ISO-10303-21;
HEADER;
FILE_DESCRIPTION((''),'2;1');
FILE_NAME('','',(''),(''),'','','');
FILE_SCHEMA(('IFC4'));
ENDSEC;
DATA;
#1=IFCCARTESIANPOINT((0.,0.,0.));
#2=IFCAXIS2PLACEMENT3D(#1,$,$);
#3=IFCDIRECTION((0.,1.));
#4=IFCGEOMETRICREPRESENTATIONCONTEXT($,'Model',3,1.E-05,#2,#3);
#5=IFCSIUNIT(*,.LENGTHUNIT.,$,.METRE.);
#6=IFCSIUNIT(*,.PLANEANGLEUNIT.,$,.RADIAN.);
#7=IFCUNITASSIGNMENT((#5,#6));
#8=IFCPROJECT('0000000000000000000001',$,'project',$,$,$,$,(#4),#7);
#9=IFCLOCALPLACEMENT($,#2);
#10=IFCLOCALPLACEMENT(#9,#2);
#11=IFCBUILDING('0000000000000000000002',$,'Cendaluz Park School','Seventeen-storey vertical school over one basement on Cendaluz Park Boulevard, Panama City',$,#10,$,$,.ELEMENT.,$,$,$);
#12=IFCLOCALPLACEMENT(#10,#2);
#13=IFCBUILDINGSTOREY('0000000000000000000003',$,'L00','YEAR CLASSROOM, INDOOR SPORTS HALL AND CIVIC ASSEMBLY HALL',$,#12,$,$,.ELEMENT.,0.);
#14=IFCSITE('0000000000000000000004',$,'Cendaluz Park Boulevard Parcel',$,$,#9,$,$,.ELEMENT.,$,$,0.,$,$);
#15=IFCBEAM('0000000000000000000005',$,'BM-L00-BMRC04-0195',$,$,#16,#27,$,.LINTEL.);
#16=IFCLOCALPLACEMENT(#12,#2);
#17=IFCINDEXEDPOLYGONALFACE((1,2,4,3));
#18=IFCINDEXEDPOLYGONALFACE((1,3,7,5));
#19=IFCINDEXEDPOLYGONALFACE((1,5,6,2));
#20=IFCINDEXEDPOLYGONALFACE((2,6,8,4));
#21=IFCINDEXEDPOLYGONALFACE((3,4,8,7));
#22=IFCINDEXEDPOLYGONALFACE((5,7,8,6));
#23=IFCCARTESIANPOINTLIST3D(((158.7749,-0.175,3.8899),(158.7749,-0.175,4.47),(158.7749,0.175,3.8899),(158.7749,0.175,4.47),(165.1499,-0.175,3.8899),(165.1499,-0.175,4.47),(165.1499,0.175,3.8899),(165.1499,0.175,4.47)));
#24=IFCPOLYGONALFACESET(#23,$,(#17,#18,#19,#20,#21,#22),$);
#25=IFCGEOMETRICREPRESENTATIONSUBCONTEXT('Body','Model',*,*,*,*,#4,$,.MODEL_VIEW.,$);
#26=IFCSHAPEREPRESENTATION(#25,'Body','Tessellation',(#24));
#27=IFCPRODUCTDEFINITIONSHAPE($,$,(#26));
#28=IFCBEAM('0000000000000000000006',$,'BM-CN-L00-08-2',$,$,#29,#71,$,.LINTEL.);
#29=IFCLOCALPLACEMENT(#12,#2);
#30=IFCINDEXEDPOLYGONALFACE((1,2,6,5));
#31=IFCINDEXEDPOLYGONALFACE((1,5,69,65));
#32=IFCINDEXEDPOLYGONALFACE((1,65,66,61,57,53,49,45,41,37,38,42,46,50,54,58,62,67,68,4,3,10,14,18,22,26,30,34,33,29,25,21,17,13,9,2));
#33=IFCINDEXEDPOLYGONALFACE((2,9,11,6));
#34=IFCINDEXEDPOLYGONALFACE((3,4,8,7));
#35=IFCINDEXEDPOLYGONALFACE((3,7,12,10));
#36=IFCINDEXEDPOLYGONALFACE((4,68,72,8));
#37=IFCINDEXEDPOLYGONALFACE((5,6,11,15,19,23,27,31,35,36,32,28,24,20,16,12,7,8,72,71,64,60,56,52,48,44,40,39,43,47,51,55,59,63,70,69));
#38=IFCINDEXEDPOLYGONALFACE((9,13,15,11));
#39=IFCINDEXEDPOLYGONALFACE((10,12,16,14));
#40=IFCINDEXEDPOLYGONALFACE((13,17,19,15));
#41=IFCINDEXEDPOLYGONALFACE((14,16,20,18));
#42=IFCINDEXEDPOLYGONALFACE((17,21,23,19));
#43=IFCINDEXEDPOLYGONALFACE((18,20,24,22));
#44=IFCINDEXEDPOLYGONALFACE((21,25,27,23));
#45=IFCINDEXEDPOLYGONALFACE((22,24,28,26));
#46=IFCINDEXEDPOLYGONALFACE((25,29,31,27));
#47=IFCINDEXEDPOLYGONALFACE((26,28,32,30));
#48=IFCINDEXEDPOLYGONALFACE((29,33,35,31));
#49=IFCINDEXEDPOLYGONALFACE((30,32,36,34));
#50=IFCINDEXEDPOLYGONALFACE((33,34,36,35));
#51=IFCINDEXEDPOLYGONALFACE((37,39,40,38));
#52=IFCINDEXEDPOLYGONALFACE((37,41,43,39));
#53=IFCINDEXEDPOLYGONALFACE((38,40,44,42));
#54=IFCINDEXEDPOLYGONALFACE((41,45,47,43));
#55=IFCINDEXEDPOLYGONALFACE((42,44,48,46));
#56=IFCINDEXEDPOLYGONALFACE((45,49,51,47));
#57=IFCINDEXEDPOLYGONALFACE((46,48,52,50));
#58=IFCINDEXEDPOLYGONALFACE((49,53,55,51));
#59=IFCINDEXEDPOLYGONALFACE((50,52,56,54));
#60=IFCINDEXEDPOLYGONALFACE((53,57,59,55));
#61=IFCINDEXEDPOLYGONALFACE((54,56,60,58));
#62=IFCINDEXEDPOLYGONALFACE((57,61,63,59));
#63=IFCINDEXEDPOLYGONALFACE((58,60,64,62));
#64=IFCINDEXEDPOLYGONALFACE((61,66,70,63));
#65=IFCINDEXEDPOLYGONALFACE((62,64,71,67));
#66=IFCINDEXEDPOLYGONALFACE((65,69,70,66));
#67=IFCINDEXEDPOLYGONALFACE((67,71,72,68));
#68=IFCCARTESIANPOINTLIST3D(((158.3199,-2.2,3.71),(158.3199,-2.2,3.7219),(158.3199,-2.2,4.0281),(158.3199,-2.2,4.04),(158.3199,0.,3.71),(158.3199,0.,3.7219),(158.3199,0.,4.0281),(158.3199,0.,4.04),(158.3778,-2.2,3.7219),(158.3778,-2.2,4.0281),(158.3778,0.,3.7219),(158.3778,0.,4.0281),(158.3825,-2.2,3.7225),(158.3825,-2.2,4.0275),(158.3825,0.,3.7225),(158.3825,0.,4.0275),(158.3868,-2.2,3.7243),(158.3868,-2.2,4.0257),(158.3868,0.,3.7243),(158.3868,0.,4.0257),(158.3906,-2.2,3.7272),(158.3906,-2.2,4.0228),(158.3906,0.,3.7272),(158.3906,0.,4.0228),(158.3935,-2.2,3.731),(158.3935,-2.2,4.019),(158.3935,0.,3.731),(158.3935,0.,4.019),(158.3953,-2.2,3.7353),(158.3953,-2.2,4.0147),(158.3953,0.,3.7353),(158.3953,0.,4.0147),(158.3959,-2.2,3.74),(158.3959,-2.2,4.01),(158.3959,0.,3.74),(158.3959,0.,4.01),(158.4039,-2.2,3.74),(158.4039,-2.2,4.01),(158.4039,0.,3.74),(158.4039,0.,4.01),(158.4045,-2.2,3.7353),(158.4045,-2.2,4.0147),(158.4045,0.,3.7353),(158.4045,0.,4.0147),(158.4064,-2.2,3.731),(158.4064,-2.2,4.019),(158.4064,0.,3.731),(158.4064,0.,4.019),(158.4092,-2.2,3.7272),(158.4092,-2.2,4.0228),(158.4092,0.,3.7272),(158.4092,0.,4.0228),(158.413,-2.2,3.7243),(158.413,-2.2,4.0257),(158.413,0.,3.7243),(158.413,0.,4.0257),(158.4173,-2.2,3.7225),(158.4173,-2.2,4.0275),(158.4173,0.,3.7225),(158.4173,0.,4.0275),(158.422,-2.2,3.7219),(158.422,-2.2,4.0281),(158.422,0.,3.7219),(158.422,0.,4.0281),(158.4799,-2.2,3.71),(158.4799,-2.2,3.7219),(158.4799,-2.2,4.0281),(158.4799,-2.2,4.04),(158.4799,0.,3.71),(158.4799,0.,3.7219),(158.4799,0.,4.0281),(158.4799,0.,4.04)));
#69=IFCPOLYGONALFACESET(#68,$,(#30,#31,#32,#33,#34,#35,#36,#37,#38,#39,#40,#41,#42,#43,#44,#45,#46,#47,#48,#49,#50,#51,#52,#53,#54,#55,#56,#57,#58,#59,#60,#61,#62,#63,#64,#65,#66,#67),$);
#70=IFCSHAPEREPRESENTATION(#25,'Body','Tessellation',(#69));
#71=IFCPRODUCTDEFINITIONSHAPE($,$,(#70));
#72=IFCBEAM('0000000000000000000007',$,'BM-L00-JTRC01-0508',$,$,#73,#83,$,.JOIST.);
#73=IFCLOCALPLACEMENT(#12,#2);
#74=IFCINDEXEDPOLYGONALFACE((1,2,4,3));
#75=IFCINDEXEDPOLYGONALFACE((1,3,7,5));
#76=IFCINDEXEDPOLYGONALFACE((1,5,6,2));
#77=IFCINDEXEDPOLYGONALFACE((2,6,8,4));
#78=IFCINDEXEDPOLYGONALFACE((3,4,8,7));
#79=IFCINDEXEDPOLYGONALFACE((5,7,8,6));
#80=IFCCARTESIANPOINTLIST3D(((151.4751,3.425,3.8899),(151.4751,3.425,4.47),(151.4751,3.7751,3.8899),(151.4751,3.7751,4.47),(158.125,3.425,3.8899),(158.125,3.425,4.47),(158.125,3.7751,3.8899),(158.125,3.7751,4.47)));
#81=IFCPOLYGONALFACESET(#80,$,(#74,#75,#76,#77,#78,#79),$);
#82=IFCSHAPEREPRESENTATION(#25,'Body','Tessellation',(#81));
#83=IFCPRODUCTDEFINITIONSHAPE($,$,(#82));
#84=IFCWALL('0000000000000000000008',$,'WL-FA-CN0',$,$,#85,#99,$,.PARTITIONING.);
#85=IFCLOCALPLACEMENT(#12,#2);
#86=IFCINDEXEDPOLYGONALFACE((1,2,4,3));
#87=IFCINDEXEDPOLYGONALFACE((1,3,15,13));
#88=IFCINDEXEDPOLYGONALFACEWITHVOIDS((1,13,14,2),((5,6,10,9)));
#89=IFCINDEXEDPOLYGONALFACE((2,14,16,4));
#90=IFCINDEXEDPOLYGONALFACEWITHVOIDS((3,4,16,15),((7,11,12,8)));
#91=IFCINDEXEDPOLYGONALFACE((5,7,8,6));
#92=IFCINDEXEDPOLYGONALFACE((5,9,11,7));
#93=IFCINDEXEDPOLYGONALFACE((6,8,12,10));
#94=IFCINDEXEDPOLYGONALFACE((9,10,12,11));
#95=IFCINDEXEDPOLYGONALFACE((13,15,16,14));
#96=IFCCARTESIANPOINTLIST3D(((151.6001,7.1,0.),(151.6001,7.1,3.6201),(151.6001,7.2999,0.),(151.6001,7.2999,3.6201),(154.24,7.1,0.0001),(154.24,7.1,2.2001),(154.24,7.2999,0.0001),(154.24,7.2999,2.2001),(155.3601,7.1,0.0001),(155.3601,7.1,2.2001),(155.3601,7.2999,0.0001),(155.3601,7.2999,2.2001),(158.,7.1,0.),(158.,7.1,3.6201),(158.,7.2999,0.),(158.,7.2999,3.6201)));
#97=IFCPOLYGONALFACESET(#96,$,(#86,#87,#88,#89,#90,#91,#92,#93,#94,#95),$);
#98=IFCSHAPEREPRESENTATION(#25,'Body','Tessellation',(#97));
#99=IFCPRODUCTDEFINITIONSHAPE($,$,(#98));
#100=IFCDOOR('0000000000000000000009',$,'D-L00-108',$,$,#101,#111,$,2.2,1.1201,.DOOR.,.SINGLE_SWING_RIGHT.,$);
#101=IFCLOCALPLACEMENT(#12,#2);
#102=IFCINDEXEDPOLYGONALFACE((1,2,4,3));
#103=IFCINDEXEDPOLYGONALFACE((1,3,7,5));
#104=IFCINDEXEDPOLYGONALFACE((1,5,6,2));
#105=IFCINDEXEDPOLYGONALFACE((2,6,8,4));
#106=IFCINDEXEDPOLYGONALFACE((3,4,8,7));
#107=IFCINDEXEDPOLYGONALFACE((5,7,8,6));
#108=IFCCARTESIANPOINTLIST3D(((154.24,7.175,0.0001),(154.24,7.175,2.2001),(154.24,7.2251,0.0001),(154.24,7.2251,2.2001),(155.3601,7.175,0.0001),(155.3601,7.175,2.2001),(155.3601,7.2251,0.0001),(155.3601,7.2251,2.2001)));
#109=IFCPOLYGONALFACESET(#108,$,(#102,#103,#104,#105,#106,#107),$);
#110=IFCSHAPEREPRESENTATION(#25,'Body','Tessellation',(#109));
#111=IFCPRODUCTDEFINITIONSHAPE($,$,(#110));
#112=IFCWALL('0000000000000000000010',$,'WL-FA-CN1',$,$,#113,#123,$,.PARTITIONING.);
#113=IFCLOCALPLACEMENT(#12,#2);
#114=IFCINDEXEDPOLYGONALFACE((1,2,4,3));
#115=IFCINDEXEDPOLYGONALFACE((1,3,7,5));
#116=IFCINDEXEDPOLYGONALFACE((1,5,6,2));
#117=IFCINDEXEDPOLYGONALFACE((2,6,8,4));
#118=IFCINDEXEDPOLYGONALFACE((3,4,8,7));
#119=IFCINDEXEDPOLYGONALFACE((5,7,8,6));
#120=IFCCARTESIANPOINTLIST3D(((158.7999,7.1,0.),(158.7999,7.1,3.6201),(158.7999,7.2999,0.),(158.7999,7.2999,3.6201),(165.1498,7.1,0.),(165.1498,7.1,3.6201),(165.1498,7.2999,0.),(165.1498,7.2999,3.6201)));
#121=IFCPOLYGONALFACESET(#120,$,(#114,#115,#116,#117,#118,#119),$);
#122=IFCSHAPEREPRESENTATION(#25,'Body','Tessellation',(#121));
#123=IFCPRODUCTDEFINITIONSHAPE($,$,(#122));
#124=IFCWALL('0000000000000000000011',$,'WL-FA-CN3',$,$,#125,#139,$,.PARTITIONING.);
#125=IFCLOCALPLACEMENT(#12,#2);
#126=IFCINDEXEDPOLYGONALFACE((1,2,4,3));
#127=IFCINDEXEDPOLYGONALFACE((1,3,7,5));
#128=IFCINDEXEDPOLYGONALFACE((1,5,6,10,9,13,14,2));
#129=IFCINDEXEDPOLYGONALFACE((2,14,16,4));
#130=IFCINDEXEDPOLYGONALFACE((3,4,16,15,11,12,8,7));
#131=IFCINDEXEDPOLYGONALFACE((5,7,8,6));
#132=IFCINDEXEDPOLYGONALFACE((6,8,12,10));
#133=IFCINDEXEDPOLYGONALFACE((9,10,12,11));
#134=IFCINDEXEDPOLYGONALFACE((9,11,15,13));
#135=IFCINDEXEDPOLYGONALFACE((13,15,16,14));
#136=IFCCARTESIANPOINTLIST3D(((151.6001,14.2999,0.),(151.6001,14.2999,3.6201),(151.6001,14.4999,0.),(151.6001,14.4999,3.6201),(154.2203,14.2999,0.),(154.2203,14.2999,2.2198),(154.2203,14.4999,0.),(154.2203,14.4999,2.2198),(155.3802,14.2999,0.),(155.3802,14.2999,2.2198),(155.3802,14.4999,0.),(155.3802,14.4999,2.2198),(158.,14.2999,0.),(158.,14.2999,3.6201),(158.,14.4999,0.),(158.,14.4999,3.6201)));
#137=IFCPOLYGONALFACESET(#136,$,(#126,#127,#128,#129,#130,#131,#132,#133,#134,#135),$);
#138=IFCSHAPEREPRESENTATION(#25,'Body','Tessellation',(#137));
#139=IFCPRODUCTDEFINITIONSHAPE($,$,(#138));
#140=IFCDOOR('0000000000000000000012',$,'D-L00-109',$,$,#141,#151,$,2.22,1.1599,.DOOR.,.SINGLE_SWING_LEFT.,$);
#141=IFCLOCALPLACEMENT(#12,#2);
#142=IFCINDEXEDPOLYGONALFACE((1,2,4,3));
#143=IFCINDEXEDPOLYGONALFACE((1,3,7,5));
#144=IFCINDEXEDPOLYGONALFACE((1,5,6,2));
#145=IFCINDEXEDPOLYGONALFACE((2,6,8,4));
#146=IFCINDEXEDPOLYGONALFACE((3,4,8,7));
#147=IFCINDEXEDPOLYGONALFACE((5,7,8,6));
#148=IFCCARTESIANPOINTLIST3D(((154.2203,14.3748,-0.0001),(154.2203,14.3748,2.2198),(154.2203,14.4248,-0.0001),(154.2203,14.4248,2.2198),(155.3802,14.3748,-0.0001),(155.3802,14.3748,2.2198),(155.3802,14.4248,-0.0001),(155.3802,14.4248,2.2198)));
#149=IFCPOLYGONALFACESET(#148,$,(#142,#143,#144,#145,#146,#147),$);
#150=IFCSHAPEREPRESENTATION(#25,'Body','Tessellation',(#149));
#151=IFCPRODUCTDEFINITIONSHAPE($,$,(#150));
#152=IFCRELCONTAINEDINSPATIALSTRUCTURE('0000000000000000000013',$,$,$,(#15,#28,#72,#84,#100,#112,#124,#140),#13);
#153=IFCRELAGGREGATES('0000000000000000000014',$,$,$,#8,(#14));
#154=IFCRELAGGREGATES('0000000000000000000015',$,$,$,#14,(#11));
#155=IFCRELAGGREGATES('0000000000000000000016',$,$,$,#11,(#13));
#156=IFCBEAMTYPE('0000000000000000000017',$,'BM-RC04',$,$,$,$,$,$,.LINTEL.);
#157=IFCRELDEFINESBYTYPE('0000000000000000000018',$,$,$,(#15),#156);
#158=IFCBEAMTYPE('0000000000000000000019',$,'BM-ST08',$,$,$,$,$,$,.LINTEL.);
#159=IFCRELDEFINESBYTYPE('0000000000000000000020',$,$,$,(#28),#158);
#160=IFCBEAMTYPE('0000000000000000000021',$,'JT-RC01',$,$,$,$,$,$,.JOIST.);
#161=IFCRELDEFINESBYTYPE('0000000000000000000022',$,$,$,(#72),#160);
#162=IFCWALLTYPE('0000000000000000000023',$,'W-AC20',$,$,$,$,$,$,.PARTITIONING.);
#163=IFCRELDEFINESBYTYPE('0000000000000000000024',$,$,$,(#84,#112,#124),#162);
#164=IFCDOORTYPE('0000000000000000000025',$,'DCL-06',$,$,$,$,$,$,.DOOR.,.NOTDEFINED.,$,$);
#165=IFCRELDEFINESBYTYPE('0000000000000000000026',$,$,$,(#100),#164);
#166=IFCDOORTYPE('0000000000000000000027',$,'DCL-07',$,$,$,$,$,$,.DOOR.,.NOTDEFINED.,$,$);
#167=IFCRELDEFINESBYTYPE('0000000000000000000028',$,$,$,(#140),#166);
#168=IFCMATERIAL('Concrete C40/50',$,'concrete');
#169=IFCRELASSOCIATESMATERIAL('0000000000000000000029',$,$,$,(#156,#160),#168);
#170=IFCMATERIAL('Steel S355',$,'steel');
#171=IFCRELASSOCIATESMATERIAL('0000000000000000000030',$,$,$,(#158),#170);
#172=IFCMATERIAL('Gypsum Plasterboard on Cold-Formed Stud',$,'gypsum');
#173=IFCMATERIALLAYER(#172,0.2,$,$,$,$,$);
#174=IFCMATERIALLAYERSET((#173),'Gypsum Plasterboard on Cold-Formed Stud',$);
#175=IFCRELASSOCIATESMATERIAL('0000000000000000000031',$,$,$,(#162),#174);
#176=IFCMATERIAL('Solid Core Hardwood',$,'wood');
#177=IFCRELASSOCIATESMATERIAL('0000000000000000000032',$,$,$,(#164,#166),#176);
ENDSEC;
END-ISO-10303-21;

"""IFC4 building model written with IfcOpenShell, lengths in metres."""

from ifc_helpers import new_model, si_unit, direction, frame, frame_2d, origin, origin_2d, place, context, subcontext, project, spatial, rectangle, i_section, extrude, material, layer, layer_set, material_profile, profile_set, type_object, element, fill, save


model = new_model("IFC4")

# Units and contexts
model_context = context("Model", 3, precision=1e-05, world=origin(), true_north=direction((0.0, 1.0)))
body_context = subcontext(model_context, "Body", "Model", "MODEL_VIEW")
ifc_project = project(units=[si_unit("LENGTHUNIT", "METRE"), si_unit("PLANEANGLEUNIT", "RADIAN")], contexts=[model_context])

# Site, building, storey
site_placement = place(None, origin())
site = spatial("IfcSite", under=ifc_project, at=site_placement, Name="Cendaluz Park Boulevard Parcel", CompositionType="ELEMENT", RefElevation=0.0)
building_placement = place(site_placement, origin())
building = spatial("IfcBuilding", under=site, at=building_placement, Name="Cendaluz Park School", Description="Seventeen-storey vertical school over one basement on Cendaluz Park Boulevard, Panama City", CompositionType="ELEMENT")
storey_placement = place(building_placement, origin())
storey = spatial("IfcBuildingStorey", under=building, at=storey_placement, Name="L00", Description="YEAR CLASSROOM, INDOOR SPORTS HALL AND CIVIC ASSEMBLY HALL", CompositionType="ELEMENT", Elevation=0.0)

# Shared definitions
ifc_material_1 = material(Name="Concrete C40/50", Category="concrete")

# Beams
ifc_material_profile_1 = material_profile(ifc_material_1, rectangle(XDim=0.3501, YDim=0.5801, at=origin_2d()), Name="RC 350x580", Category="concrete")
ifc_profile_set_1 = profile_set([ifc_material_profile_1], Name="Concrete C40/50")
beam_type_1 = type_object("IfcBeamType", Name="BM-RC04", PredefinedType="LINTEL", material=ifc_profile_set_1)
beam_1_placement = place(storey_placement, frame((158.7749, 0.0, 4.1799), z_axis=(1.0, 0.0, 0.0), x_axis=(0.0, 1.0, 0.0)))
element("IfcBeam", 1, at=beam_1_placement, inside=storey, type_object=beam_type_1, Name="BM-L00-BMRC04-0195", PredefinedType="LINTEL", context=body_context, shape_type="SweptSolid", body=[
    extrude(rectangle(XDim=0.3501, YDim=0.5801, at=origin_2d()), origin(), (0.0, 0.0, 1.0), 6.375),
])
ifc_material_2 = material(Name="Steel S355", Category="steel")
ifc_material_profile_2 = material_profile(ifc_material_2, i_section(OverallWidth=0.1599, OverallDepth=0.3301, WebThickness=0.0081, FlangeThickness=0.012, FilletRadius=0.0181, at=origin_2d()), Name="IPE 330", Category="steel")
ifc_profile_set_2 = profile_set([ifc_material_profile_2], Name="Steel S355")
beam_type_2 = type_object("IfcBeamType", Name="BM-ST08", PredefinedType="LINTEL", material=ifc_profile_set_2)
beam_2_placement = place(storey_placement, frame((158.3999, 0.0, 3.875), z_axis=(0.0, -1.0, 0.0), x_axis=(1.0, 0.0, 0.0)))
element("IfcBeam", 2, at=beam_2_placement, inside=storey, type_object=beam_type_2, Name="BM-CN-L00-08-2", PredefinedType="LINTEL", context=body_context, shape_type="SweptSolid", body=[
    extrude(i_section(OverallWidth=0.1599, OverallDepth=0.3301, WebThickness=0.0081, FlangeThickness=0.012, FilletRadius=0.0181, at=origin_2d()), origin(), (0.0, 0.0, 1.0), 2.2),
])
ifc_material_profile_3 = material_profile(ifc_material_1, rectangle(XDim=0.3501, YDim=0.5801, at=origin_2d()), Name="RC 350x580", Category="concrete")
ifc_profile_set_3 = profile_set([ifc_material_profile_3], Name="Concrete C40/50")
beam_type_3 = type_object("IfcBeamType", Name="JT-RC01", PredefinedType="JOIST", material=ifc_profile_set_3)
beam_3_placement = place(storey_placement, frame((151.4751, 3.6001, 4.1799), z_axis=(1.0, 0.0, 0.0), x_axis=(0.0, 1.0, 0.0)))
element("IfcBeam", 3, at=beam_3_placement, inside=storey, type_object=beam_type_3, Name="BM-L00-JTRC01-0508", PredefinedType="JOIST", context=body_context, shape_type="SweptSolid", body=[
    extrude(rectangle(XDim=0.3501, YDim=0.5801, at=origin_2d()), origin(), (0.0, 0.0, 1.0), 6.6499),
])

# Wall, opening, door
ifc_material_3 = material(Name="Gypsum Plasterboard on Cold-Formed Stud", Category="gypsum")
ifc_layer_1 = layer(ifc_material_3, 0.2)
ifc_layer_set_1 = layer_set([ifc_layer_1], Name="Gypsum Plasterboard on Cold-Formed Stud")
wall_type_1 = type_object("IfcWallType", Name="W-AC20", PredefinedType="PARTITIONING", material=ifc_layer_set_1)
wall_1_placement = place(storey_placement, frame((151.6001, 7.2, 0.0), z_axis=(0.0, 0.0, 1.0), x_axis=(1.0, 0.0, 0.0)))
wall_1 = element("IfcWall", 4, at=wall_1_placement, inside=storey, type_object=wall_type_1, Name="WL-FA-CN0", PredefinedType="PARTITIONING", context=body_context, shape_type="SweptSolid", body=[
    extrude(rectangle(XDim=6.3999, YDim=0.2, at=frame_2d((3.2, 0.0))), origin(), (0.0, 0.0, 1.0), 3.6201),
])
opening_1_placement = place(wall_1_placement, frame((2.6399, 0.0, 0.0)))
opening_1 = element("IfcOpeningElement", 5, at=opening_1_placement, cuts=wall_1, PredefinedType="OPENING", context=body_context, shape_type="SweptSolid", body=[
    extrude(rectangle(XDim=1.1201, YDim=2.2, at=frame_2d((0.5601, 1.1001))), frame((0.0, 0.1121, 0.0), z_axis=(0.0, -1.0, 0.0), x_axis=(1.0, 0.0, 0.0)), (0.0, 0.0, 1.0), 0.2239),
])
ifc_material_4 = material(Name="Solid Core Hardwood", Category="wood")
door_type_1 = type_object("IfcDoorType", Name="DCL-06", OperationType="NOTDEFINED", PredefinedType="DOOR", material=ifc_material_4)
door_1_placement = place(opening_1_placement, frame((1.1201, 0.0, 0.0), z_axis=(0.0, 0.0, 1.0), x_axis=(-1.0, 0.0, 0.0)))
door_1 = element("IfcDoor", 6, at=door_1_placement, inside=storey, type_object=door_type_1, Name="D-L00-108", OperationType="SINGLE_SWING_RIGHT", OverallHeight=2.2, OverallWidth=1.1201, PredefinedType="DOOR", context=body_context, shape_type="SweptSolid", body=[
    extrude(rectangle(XDim=1.1201, YDim=2.2, at=frame_2d((0.5601, 1.1001))), frame((0.0, 0.0249, 0.0), z_axis=(0.0, -1.0, 0.0), x_axis=(1.0, 0.0, 0.0)), (0.0, 0.0, 1.0), 0.05),
])
fill(opening_1, door_1)

# Wall
wall_2_placement = place(storey_placement, frame((158.8, 7.2, 0.0), z_axis=(0.0, 0.0, 1.0), x_axis=(1.0, 0.0, 0.0)))
element("IfcWall", 7, at=wall_2_placement, inside=storey, type_object=wall_type_1, Name="WL-FA-CN1", PredefinedType="PARTITIONING", context=body_context, shape_type="SweptSolid", body=[
    extrude(rectangle(XDim=6.3499, YDim=0.2, at=frame_2d((3.1748, 0.0))), origin(), (0.0, 0.0, 1.0), 3.6201),
])

# Wall, opening, door
wall_3_placement = place(storey_placement, frame((151.6001, 14.3999, 0.0), z_axis=(0.0, 0.0, 1.0), x_axis=(1.0, 0.0, 0.0)))
wall_3 = element("IfcWall", 8, at=wall_3_placement, inside=storey, type_object=wall_type_1, Name="WL-FA-CN3", PredefinedType="PARTITIONING", context=body_context, shape_type="SweptSolid", body=[
    extrude(rectangle(XDim=6.3999, YDim=0.2, at=frame_2d((3.2, 0.0))), origin(), (0.0, 0.0, 1.0), 3.6201),
])
opening_2_placement = place(wall_3_placement, frame((2.6201, 0.0, 0.0)))
opening_2 = element("IfcOpeningElement", 9, at=opening_2_placement, cuts=wall_3, PredefinedType="OPENING", context=body_context, shape_type="SweptSolid", body=[
    extrude(rectangle(XDim=1.1599, YDim=2.22, at=frame_2d((0.5801, 1.1099))), frame((0.0, 0.1121, 0.0), z_axis=(0.0, -1.0, 0.0), x_axis=(1.0, 0.0, 0.0)), (0.0, 0.0, 1.0), 0.2239),
])
door_type_2 = type_object("IfcDoorType", Name="DCL-07", OperationType="NOTDEFINED", PredefinedType="DOOR", material=ifc_material_4)
door_2_placement = place(opening_2_placement, origin())
door_2 = element("IfcDoor", 10, at=door_2_placement, inside=storey, type_object=door_type_2, Name="D-L00-109", OperationType="SINGLE_SWING_LEFT", OverallHeight=2.22, OverallWidth=1.1599, PredefinedType="DOOR", context=body_context, shape_type="SweptSolid", body=[
    extrude(rectangle(XDim=1.1599, YDim=2.22, at=frame_2d((0.5801, 1.1099))), frame((0.0, 0.0249, 0.0), z_axis=(0.0, -1.0, 0.0), x_axis=(1.0, 0.0, 0.0)), (0.0, 0.0, 1.0), 0.05),
])
fill(opening_2, door_2)

save(model, "model.ifc")
